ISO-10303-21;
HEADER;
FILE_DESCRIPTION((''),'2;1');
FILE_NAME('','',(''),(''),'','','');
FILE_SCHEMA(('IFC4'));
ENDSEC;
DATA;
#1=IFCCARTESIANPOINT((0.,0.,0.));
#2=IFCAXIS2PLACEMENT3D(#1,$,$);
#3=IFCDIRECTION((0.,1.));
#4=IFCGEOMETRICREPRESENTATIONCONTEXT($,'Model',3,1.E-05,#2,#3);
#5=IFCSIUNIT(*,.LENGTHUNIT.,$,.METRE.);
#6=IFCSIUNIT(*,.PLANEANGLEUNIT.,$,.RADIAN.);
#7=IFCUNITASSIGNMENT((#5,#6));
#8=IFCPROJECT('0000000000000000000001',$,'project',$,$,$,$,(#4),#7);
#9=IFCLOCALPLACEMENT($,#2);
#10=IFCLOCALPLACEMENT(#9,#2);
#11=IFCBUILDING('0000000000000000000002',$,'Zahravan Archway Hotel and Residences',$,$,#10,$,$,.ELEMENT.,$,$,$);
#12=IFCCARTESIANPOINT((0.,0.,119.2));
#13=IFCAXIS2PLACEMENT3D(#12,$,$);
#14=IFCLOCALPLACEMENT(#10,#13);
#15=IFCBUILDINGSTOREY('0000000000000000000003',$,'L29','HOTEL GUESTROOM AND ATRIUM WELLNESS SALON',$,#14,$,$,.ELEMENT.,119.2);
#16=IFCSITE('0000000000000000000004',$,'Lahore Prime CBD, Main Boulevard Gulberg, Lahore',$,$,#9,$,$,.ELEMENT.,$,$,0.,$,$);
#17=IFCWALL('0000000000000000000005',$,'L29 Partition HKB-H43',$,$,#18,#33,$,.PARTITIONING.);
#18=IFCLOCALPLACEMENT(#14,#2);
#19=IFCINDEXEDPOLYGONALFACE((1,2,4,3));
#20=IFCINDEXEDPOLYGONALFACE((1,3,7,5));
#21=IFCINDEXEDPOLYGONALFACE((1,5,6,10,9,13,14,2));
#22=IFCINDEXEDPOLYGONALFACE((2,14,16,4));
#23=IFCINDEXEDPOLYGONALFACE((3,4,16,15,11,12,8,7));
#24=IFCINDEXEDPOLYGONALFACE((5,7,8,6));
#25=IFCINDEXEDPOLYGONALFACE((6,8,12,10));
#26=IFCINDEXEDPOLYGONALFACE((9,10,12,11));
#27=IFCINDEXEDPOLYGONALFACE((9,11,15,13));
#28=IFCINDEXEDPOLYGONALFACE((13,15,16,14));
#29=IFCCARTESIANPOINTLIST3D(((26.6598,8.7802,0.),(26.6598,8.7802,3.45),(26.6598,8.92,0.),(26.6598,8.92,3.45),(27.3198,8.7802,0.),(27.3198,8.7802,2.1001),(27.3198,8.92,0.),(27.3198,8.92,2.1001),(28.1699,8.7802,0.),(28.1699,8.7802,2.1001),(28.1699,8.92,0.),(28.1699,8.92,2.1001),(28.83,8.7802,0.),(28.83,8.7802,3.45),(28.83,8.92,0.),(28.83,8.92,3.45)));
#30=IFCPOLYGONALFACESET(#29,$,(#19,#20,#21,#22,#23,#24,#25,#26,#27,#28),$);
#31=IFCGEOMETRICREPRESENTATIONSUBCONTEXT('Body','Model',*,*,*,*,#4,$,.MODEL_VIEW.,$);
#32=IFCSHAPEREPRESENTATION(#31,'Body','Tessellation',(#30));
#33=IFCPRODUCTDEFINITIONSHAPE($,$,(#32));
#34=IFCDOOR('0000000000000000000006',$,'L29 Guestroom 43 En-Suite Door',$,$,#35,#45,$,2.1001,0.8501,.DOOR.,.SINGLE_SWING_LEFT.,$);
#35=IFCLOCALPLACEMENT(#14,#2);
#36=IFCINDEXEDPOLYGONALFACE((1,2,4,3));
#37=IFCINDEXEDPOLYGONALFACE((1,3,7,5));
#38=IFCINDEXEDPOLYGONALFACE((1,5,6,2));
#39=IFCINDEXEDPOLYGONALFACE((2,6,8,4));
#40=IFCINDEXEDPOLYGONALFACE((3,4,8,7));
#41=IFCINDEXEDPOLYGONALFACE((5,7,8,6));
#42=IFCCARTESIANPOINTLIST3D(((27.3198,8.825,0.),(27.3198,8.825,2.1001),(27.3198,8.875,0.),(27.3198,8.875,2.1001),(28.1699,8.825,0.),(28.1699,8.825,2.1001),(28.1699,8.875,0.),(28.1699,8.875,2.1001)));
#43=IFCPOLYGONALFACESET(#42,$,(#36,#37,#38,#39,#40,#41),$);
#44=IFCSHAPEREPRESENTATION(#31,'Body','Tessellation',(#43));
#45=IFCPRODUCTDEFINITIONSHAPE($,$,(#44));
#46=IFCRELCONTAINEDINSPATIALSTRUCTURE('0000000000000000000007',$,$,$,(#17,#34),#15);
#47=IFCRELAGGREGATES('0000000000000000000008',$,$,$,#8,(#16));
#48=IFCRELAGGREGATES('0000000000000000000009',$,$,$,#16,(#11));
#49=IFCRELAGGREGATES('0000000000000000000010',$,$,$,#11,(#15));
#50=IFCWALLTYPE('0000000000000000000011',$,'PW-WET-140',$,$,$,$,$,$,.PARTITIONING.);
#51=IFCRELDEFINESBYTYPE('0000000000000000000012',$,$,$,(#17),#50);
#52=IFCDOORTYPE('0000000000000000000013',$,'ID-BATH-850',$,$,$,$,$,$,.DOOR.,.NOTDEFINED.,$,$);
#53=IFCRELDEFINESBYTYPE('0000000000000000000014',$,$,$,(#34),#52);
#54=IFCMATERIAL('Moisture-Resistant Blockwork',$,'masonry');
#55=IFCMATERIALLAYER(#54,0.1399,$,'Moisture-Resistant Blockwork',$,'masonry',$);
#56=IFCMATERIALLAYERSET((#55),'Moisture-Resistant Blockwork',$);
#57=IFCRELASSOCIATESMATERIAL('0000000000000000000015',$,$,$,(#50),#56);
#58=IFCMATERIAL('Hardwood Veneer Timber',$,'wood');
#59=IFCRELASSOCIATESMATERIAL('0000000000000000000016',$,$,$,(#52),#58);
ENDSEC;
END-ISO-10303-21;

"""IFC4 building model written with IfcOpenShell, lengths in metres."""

from ifc_helpers import new_model, si_unit, direction, frame, frame_2d, origin, place, context, subcontext, project, spatial, rectangle, extrude, source, transform, mapped, material, layer, layer_set, type_object, type_shapes, element, fill, save


model = new_model("IFC4")

# Units and contexts
model_context = context("Model", 3, precision=1e-05, world=origin(), true_north=direction((0.0, 1.0)))
body_context = subcontext(model_context, "Body", "Model", "MODEL_VIEW")
ifc_project = project(units=[si_unit("LENGTHUNIT", "METRE"), si_unit("PLANEANGLEUNIT", "RADIAN")], contexts=[model_context])

# Site, building, storey
site_placement = place(None, origin())
site = spatial("IfcSite", under=ifc_project, at=site_placement, Name="Lahore Prime CBD, Main Boulevard Gulberg, Lahore", CompositionType="ELEMENT", RefElevation=0.0)
building_placement = place(site_placement, origin())
building = spatial("IfcBuilding", under=site, at=building_placement, Name="Zahravan Archway Hotel and Residences", CompositionType="ELEMENT")
storey_placement = place(building_placement, frame((0.0, 0.0, 119.2)))
storey = spatial("IfcBuildingStorey", under=building, at=storey_placement, Name="L29", Description="HOTEL GUESTROOM AND ATRIUM WELLNESS SALON", CompositionType="ELEMENT", Elevation=119.2)

# Shared definitions
ifc_material_1 = material(Name="Moisture-Resistant Blockwork", Category="masonry")
ifc_layer_1 = layer(ifc_material_1, 0.1399, Name="Moisture-Resistant Blockwork", Category="masonry")
ifc_layer_set_1 = layer_set([ifc_layer_1], Name="Moisture-Resistant Blockwork")
wall_type_1 = type_object("IfcWallType", Name="PW-WET-140", PredefinedType="PARTITIONING", material=ifc_layer_set_1)
ifc_material_2 = material(Name="Hardwood Veneer Timber", Category="wood")
door_type = type_object("IfcDoorType", Name="ID-BATH-850", OperationType="NOTDEFINED", PredefinedType="DOOR", material=ifc_material_2)
shared_shape_1 = source(origin(), body_context, "Body", "SweptSolid", [
    extrude(rectangle(XDim=0.8501, YDim=2.1001, at=frame_2d((0.425, 1.05))), frame((0.0, 0.0249, 0.0), z_axis=(0.0, -1.0, 0.0), x_axis=(1.0, 0.0, 0.0)), (0.0, 0.0, 1.0), 0.05),
])
type_shapes(door_type, [shared_shape_1])

# Wall, opening, door
wall_1_placement = place(storey_placement, frame((26.6599, 8.8501, 0.0), z_axis=(0.0, 0.0, 1.0), x_axis=(1.0, 0.0, 0.0)))
wall_1 = element("IfcWall", 1, at=wall_1_placement, inside=storey, type_object=wall_type_1, Name="L29 Partition HKB-H43", PredefinedType="PARTITIONING", context=body_context, shape_type="SweptSolid", body=[
    extrude(rectangle(XDim=2.1702, YDim=0.1399, at=frame_2d((1.085, 0.0))), origin(), (0.0, 0.0, 1.0), 3.45),
])
opening_1_placement = place(wall_1_placement, frame((0.6599, 0.0, 0.0)))
opening_1 = element("IfcOpeningElement", 2, at=opening_1_placement, cuts=wall_1, PredefinedType="OPENING", context=body_context, shape_type="SweptSolid", body=[
    extrude(rectangle(XDim=0.8501, YDim=2.1001, at=frame_2d((0.425, 1.05))), frame((0.0, 0.0801, 0.0), z_axis=(0.0, -1.0, 0.0), x_axis=(1.0, 0.0, 0.0)), (0.0, 0.0, 1.0), 0.1599),
])
door_1_placement = place(opening_1_placement, origin())
door_1 = element("IfcDoor", 3, at=door_1_placement, inside=storey, type_object=door_type, Name="L29 Guestroom 43 En-Suite Door", OperationType="SINGLE_SWING_LEFT", OverallHeight=2.1001, OverallWidth=0.8501, PredefinedType="DOOR", context=body_context, shape_type="MappedRepresentation", body=[
    mapped(shared_shape_1, transform((0.0, 0.0, 0.0), scale=1.0)),
])
fill(opening_1, door_1)

save(model, "model.ifc")
